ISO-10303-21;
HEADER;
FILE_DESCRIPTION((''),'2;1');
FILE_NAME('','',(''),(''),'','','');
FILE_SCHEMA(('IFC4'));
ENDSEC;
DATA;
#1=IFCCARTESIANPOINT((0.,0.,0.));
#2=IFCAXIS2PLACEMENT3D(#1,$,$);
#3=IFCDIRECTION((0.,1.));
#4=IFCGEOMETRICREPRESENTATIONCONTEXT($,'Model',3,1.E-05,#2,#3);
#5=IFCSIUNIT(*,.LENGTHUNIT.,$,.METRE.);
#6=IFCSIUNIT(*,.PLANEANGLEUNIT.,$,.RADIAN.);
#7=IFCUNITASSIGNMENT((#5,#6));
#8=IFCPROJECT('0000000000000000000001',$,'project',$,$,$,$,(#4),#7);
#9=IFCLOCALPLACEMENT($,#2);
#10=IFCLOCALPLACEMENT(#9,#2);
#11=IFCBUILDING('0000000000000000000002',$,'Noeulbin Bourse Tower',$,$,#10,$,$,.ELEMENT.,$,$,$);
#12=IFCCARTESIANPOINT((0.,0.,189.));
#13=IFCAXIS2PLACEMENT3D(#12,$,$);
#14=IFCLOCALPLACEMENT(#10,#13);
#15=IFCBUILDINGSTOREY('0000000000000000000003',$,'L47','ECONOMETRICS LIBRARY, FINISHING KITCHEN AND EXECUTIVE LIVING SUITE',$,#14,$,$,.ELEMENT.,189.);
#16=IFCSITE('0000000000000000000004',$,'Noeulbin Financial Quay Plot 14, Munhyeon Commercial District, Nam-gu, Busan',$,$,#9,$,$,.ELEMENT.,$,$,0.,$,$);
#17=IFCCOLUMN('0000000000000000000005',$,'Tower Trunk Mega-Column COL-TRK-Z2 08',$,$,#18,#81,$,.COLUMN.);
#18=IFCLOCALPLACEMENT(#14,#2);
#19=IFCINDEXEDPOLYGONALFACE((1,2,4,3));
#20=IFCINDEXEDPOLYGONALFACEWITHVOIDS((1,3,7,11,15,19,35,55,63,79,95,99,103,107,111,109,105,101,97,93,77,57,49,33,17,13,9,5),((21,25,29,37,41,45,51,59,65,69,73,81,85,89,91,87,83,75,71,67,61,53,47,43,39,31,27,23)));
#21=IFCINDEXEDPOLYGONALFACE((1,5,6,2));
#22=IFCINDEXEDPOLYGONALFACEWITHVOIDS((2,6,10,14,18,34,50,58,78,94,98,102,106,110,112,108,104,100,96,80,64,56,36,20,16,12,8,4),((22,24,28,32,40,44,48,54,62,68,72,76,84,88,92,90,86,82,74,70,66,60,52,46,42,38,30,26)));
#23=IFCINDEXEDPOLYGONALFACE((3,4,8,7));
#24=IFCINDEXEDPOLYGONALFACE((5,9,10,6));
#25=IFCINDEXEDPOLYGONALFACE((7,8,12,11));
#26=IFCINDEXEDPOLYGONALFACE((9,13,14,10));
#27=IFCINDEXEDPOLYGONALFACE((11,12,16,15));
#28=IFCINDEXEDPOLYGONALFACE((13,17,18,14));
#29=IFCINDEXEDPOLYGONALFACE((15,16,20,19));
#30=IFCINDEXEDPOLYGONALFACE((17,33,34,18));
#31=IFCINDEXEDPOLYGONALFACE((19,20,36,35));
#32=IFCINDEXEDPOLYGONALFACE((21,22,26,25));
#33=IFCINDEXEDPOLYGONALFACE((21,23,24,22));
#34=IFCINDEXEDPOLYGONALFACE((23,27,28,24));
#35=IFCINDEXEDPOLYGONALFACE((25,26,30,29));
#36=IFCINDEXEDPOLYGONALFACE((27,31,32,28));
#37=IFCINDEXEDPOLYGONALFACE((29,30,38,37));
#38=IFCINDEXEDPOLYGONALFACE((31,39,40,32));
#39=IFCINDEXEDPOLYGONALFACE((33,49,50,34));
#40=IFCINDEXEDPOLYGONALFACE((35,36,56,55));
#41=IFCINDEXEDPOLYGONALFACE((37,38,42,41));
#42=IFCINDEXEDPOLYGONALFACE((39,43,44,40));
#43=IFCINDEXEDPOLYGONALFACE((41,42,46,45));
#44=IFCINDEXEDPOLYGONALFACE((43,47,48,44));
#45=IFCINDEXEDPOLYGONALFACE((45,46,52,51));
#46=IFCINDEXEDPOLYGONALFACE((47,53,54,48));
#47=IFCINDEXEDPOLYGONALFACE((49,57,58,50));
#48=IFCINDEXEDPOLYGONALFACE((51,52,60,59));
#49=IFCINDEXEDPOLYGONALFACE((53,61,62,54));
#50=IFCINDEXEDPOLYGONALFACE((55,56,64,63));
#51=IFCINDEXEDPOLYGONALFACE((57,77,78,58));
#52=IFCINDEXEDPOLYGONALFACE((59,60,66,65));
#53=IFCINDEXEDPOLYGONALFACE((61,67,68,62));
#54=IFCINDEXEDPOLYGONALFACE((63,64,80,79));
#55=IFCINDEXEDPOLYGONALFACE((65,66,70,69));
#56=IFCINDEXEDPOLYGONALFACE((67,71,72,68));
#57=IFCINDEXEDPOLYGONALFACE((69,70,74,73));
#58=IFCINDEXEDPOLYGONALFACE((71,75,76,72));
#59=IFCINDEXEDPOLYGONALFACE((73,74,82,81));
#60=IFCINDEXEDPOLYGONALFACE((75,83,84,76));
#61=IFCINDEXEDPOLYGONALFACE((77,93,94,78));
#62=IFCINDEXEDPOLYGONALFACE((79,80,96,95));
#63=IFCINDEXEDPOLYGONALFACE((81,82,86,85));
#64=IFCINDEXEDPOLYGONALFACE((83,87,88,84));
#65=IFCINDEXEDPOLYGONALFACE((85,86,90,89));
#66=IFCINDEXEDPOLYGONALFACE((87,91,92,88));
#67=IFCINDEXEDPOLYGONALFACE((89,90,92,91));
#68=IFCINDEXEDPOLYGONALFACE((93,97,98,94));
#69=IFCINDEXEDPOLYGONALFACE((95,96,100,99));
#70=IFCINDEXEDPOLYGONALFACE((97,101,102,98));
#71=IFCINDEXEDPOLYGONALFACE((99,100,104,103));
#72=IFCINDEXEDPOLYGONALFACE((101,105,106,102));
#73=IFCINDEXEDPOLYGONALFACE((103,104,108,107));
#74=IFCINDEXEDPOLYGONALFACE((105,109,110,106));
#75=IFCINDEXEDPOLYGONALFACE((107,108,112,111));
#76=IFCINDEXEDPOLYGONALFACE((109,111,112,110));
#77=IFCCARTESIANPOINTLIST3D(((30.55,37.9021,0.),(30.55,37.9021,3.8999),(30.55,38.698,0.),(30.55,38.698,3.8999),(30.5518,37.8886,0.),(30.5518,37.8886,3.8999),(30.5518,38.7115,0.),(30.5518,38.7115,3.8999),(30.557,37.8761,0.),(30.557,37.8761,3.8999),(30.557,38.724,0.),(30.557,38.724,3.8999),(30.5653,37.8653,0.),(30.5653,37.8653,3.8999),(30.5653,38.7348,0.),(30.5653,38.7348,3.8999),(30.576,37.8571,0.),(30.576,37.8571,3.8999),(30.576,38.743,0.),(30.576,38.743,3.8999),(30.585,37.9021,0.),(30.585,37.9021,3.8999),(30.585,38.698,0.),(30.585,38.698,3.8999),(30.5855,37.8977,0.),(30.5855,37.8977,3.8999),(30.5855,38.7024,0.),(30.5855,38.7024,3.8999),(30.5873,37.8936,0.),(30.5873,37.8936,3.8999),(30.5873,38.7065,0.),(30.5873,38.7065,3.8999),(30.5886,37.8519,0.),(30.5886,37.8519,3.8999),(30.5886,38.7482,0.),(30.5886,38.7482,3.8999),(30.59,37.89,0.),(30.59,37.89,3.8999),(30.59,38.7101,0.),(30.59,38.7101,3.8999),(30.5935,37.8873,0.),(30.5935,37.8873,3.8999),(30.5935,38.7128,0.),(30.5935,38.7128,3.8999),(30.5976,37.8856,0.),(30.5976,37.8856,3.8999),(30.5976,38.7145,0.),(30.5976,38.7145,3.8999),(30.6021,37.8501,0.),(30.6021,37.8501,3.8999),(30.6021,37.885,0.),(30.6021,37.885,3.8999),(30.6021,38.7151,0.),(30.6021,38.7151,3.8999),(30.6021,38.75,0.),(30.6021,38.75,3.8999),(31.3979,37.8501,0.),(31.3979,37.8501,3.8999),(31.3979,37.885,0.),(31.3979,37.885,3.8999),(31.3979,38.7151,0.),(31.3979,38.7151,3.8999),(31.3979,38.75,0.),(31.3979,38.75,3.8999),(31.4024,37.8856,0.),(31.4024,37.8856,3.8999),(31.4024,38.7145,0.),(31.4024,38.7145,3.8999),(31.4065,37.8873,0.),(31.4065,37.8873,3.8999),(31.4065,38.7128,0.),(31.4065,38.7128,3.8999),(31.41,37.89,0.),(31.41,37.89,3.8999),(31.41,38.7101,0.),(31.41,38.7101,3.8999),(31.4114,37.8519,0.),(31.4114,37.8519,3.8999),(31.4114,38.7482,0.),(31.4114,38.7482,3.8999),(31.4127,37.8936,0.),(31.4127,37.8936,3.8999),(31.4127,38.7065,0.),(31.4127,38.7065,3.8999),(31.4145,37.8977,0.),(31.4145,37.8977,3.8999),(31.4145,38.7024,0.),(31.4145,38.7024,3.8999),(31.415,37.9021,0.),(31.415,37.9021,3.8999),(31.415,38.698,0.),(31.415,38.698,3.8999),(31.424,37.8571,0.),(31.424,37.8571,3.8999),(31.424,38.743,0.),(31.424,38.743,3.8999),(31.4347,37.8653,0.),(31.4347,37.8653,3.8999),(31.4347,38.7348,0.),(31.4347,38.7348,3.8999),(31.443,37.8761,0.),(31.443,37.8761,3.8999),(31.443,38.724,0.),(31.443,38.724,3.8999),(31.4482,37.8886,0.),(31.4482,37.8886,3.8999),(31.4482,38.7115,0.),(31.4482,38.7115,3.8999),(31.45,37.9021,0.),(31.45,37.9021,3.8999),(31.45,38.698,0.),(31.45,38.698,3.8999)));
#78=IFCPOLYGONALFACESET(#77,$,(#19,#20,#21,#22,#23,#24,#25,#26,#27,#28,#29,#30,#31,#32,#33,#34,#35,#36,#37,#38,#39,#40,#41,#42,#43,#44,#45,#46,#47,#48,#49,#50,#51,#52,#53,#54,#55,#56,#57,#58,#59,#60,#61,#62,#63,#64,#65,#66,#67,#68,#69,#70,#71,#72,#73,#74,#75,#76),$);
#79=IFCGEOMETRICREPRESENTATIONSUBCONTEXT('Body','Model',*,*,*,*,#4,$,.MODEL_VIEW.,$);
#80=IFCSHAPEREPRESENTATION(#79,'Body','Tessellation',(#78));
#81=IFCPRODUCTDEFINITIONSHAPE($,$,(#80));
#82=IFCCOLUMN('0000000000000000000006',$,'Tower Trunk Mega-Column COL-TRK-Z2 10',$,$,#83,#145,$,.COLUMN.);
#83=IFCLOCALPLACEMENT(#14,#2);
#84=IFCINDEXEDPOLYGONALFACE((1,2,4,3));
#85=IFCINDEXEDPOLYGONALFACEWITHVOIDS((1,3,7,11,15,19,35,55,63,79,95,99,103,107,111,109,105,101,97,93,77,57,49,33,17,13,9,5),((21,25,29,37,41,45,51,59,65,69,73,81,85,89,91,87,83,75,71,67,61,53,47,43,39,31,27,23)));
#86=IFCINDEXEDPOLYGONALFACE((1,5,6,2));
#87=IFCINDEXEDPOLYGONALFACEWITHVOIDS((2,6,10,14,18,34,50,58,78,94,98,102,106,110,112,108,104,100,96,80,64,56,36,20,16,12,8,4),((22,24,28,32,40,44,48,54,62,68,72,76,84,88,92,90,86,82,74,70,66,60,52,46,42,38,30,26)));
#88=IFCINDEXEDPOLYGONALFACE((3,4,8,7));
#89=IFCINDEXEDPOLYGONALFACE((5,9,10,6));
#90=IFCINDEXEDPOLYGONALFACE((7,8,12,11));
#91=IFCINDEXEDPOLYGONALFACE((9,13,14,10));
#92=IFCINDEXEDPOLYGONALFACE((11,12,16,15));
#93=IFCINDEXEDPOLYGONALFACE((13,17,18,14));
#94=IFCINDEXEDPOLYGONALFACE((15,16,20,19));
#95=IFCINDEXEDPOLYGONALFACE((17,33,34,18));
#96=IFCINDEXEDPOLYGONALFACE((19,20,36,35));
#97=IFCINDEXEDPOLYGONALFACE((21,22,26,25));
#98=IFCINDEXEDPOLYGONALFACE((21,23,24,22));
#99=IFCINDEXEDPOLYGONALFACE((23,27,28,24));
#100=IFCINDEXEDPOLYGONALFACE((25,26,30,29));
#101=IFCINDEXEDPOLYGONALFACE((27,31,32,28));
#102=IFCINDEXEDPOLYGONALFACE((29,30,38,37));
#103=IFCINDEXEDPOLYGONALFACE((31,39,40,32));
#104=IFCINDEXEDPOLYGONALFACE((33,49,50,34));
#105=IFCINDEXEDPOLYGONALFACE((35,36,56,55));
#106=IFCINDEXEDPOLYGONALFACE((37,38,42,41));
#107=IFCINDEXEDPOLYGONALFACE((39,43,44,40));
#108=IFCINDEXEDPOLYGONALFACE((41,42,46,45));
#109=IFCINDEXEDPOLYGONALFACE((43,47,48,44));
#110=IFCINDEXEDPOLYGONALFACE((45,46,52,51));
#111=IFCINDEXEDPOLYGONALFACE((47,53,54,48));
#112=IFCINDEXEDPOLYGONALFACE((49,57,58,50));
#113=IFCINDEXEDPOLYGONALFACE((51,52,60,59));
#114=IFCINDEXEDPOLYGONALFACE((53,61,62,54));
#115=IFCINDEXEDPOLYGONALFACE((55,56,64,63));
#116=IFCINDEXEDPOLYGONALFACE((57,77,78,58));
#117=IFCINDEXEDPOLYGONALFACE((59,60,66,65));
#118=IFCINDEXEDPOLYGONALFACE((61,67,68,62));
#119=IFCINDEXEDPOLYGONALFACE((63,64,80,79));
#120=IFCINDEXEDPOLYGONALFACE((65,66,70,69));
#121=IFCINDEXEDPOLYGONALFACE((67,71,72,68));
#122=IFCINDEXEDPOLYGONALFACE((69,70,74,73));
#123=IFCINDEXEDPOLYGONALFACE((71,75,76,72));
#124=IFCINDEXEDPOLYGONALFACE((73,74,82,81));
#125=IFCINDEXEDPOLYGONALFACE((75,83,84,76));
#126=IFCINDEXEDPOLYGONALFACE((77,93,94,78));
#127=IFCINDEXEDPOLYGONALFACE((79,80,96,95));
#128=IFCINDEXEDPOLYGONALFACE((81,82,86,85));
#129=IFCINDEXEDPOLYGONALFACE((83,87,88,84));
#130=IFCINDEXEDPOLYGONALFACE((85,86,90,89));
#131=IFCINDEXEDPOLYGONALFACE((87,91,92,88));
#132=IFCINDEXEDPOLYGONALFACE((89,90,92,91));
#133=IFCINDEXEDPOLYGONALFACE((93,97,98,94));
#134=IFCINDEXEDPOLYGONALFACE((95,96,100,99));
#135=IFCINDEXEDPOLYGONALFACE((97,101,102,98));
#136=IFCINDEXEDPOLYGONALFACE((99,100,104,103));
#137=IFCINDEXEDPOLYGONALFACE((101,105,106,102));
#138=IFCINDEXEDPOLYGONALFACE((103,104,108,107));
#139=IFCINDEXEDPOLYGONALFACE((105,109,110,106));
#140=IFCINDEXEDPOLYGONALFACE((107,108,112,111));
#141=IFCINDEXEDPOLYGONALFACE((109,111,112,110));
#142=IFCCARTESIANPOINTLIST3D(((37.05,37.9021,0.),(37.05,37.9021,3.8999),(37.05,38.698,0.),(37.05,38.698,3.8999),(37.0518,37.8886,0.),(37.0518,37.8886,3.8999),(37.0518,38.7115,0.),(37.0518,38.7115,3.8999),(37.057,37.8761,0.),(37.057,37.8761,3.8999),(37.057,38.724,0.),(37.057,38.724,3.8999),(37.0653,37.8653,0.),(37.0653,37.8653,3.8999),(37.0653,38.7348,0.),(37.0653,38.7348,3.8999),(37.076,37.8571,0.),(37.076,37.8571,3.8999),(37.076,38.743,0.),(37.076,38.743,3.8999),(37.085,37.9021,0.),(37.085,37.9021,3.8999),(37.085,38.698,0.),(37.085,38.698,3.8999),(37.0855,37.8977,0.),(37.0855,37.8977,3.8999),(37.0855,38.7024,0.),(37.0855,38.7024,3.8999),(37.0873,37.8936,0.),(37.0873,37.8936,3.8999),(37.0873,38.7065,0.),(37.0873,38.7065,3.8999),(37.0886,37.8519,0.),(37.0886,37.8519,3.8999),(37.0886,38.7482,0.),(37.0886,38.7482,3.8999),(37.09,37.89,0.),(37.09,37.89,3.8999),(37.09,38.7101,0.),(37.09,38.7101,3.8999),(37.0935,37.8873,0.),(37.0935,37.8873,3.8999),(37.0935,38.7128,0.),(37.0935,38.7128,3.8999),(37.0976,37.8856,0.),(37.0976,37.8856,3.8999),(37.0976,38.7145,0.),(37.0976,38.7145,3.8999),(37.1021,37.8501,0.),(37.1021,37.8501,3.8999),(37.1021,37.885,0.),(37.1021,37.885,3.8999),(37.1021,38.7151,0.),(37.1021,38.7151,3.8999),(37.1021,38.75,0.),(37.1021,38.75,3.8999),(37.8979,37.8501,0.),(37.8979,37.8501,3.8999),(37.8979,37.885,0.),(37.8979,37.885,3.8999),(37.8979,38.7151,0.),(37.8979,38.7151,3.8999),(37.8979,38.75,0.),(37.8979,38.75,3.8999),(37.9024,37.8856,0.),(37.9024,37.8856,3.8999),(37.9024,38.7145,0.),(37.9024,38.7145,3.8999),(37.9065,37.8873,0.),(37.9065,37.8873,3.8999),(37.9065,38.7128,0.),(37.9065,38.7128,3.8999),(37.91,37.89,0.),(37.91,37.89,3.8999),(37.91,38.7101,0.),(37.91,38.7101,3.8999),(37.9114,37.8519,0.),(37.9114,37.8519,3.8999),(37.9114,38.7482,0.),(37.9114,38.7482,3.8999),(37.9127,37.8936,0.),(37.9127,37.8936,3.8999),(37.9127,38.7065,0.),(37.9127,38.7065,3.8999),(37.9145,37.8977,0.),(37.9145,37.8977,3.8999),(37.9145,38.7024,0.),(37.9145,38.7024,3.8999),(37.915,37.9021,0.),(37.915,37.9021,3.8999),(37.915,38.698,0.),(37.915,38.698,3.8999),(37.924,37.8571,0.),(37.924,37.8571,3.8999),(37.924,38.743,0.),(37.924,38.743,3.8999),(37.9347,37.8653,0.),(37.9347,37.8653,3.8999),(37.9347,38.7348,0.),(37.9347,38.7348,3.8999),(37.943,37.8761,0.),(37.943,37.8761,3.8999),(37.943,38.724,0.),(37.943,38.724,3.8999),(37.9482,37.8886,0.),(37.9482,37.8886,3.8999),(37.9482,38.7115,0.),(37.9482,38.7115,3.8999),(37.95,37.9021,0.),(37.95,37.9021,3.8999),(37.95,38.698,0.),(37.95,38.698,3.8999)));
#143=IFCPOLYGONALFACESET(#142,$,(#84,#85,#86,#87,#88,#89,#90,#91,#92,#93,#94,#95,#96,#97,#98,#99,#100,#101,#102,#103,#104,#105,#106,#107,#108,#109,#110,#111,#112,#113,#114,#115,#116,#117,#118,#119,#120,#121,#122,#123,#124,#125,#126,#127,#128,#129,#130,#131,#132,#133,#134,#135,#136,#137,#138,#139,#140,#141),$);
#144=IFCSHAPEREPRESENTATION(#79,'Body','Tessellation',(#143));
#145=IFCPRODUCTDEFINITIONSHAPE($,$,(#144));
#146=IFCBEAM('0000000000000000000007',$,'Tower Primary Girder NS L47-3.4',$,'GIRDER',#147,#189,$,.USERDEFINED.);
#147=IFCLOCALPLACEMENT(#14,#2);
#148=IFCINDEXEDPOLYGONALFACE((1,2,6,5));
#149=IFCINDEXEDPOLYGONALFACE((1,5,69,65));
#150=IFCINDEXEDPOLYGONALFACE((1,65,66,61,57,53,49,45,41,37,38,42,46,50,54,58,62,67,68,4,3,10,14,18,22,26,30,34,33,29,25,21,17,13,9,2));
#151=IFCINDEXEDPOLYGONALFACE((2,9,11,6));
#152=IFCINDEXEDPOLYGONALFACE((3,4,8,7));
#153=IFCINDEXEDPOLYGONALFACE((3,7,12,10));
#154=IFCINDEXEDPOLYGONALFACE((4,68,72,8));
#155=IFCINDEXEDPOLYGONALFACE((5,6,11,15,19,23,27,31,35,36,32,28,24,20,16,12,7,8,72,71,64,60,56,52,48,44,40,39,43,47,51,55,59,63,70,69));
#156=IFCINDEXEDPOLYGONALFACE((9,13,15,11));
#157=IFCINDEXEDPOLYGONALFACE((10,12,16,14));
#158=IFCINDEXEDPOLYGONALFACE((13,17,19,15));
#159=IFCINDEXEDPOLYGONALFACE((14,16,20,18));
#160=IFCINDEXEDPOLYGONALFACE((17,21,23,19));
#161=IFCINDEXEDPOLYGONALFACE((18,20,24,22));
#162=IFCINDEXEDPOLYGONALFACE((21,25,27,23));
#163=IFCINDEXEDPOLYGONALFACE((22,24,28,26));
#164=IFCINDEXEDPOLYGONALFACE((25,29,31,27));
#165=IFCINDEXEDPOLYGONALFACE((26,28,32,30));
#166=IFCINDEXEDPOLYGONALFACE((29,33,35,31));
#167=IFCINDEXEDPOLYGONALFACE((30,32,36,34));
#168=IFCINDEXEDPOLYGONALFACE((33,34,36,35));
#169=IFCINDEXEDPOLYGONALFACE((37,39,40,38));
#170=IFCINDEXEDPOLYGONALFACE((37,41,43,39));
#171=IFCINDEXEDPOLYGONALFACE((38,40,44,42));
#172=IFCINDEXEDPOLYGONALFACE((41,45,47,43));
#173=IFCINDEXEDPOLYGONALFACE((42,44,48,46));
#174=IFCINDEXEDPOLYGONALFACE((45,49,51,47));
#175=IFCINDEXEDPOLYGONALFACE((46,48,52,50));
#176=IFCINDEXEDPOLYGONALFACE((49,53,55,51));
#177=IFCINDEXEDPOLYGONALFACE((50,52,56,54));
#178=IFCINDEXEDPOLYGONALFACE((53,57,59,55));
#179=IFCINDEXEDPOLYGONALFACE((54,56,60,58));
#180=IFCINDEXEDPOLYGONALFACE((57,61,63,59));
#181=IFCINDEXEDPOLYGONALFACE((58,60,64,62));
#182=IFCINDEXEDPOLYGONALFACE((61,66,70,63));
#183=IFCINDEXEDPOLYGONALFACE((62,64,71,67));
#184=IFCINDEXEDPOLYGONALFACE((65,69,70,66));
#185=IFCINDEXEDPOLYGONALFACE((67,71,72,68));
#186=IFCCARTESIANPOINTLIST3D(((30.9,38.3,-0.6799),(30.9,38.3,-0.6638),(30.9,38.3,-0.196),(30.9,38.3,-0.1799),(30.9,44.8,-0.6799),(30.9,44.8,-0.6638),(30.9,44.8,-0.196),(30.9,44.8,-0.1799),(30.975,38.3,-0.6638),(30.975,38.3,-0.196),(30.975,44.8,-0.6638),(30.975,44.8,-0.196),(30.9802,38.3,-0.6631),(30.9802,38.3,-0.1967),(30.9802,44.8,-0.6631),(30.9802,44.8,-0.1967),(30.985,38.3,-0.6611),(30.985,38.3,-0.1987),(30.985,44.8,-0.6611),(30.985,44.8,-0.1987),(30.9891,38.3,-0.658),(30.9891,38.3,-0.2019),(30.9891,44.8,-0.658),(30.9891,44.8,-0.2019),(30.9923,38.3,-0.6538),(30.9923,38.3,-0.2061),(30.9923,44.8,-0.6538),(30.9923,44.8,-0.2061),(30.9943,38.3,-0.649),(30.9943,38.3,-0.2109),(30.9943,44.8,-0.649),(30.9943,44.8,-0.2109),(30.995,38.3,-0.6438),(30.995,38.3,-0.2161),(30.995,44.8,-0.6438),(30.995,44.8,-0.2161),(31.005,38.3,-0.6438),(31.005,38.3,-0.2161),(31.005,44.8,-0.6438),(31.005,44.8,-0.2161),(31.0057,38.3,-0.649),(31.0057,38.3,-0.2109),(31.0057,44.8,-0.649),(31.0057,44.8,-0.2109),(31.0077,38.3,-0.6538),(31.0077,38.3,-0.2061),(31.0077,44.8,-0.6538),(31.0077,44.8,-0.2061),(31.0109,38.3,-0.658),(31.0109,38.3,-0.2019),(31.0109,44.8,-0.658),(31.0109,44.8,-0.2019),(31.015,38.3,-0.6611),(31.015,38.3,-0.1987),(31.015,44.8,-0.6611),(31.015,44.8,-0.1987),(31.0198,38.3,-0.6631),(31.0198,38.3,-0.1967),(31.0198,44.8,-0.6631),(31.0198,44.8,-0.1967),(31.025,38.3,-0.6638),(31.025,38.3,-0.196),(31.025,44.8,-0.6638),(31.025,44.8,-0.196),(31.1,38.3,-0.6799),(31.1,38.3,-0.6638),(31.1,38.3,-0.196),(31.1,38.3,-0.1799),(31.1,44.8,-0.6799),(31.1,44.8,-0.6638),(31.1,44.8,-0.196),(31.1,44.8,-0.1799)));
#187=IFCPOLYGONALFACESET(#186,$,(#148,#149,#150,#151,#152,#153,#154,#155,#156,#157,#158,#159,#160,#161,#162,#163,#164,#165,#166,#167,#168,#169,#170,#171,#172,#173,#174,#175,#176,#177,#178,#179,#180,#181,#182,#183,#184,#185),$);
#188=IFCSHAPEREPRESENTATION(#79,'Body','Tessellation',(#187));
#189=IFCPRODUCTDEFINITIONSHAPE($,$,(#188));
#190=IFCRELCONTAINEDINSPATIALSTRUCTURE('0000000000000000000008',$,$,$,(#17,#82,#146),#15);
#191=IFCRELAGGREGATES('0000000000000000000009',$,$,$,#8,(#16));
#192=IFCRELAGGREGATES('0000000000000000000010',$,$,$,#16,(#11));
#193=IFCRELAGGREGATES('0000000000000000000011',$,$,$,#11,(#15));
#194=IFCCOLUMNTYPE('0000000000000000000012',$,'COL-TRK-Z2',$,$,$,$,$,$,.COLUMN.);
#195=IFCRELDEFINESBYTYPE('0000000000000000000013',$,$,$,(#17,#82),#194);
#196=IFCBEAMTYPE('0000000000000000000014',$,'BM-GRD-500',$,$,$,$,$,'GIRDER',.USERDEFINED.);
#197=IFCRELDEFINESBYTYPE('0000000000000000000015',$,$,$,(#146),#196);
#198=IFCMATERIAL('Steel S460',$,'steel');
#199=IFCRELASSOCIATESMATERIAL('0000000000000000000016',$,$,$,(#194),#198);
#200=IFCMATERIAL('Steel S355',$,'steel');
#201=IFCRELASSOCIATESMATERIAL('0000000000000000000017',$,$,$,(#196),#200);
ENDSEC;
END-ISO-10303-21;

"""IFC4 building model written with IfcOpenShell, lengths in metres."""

from ifc_helpers import new_model, si_unit, direction, frame, origin, origin_2d, place, context, subcontext, project, spatial, hollow_rectangle, i_section, extrude, material, material_profile, profile_set, type_object, element, save


model = new_model("IFC4")

# Units and contexts
model_context = context("Model", 3, precision=1e-05, world=origin(), true_north=direction((0.0, 1.0)))
body_context = subcontext(model_context, "Body", "Model", "MODEL_VIEW")
ifc_project = project(units=[si_unit("LENGTHUNIT", "METRE"), si_unit("PLANEANGLEUNIT", "RADIAN")], contexts=[model_context])

# Site, building, storey
site_placement = place(None, origin())
site = spatial("IfcSite", under=ifc_project, at=site_placement, Name="Noeulbin Financial Quay Plot 14, Munhyeon Commercial District, Nam-gu, Busan", CompositionType="ELEMENT", RefElevation=0.0)
building_placement = place(site_placement, origin())
building = spatial("IfcBuilding", under=site, at=building_placement, Name="Noeulbin Bourse Tower", CompositionType="ELEMENT")
storey_placement = place(building_placement, frame((0.0, 0.0, 189.0)))
storey = spatial("IfcBuildingStorey", under=building, at=storey_placement, Name="L47", Description="ECONOMETRICS LIBRARY, FINISHING KITCHEN AND EXECUTIVE LIVING SUITE", CompositionType="ELEMENT", Elevation=189.0)

# Columns
ifc_material_1 = material(Name="Steel S460", Category="steel")
ifc_material_profile_1 = material_profile(ifc_material_1, hollow_rectangle(XDim=0.8999, YDim=0.8999, WallThickness=0.0349, InnerFilletRadius=0.0171, OuterFilletRadius=0.052, at=origin_2d()), Name="BOX-900x900x35", Category="LoadBearing")
ifc_profile_set_1 = profile_set([ifc_material_profile_1], Name="Steel S460")
column_type = type_object("IfcColumnType", Name="COL-TRK-Z2", PredefinedType="COLUMN", material=ifc_profile_set_1)
for number, where, z_axis, x_axis, name in (
    (1, (31.0, 38.3, 0.0), (0.0, 0.0, 1.0), (1.0, 0.0, 0.0), "Tower Trunk Mega-Column COL-TRK-Z2 08"),
    (2, (37.5, 38.3, 0.0), (0.0, 0.0, 1.0), (1.0, 0.0, 0.0), "Tower Trunk Mega-Column COL-TRK-Z2 10"),
):
    element("IfcColumn", number, at=place(storey_placement, frame(where, z_axis=z_axis, x_axis=x_axis)), inside=storey, type_object=column_type, Name=name, PredefinedType="COLUMN", context=body_context, shape_type="SweptSolid", body=[
        extrude(hollow_rectangle(XDim=0.8999, YDim=0.8999, WallThickness=0.0349, InnerFilletRadius=0.0171, OuterFilletRadius=0.052, at=origin_2d()), origin(), (0.0, 0.0, 1.0), 3.8999),
    ])

# Beam
ifc_material_2 = material(Name="Steel S355", Category="steel")
ifc_material_profile_2 = material_profile(ifc_material_2, i_section(OverallWidth=0.2, OverallDepth=0.5, WebThickness=0.01, FlangeThickness=0.0161, FilletRadius=0.02, at=origin_2d()), Name="H-500x200x10x16", Category="LoadBearing")
ifc_profile_set_2 = profile_set([ifc_material_profile_2], Name="Steel S355")
beam_type_1 = type_object("IfcBeamType", Name="BM-GRD-500", ElementType="GIRDER", PredefinedType="USERDEFINED", material=ifc_profile_set_2)
for number, where, z_axis, x_axis, name in (
    (3, (31.0, 38.3, -0.4299), (0.0, 1.0, 0.0), (-1.0, 0.0, 0.0), "Tower Primary Girder NS L47-3.4"),
):
    element("IfcBeam", number, at=place(storey_placement, frame(where, z_axis=z_axis, x_axis=x_axis)), inside=storey, type_object=beam_type_1, Name=name, ObjectType="GIRDER", PredefinedType="USERDEFINED", context=body_context, shape_type="SweptSolid", body=[
        extrude(i_section(OverallWidth=0.2, OverallDepth=0.5, WebThickness=0.01, FlangeThickness=0.0161, FilletRadius=0.02, at=origin_2d()), origin(), (0.0, 0.0, 1.0), 6.5),
    ])

save(model, "model.ifc")
